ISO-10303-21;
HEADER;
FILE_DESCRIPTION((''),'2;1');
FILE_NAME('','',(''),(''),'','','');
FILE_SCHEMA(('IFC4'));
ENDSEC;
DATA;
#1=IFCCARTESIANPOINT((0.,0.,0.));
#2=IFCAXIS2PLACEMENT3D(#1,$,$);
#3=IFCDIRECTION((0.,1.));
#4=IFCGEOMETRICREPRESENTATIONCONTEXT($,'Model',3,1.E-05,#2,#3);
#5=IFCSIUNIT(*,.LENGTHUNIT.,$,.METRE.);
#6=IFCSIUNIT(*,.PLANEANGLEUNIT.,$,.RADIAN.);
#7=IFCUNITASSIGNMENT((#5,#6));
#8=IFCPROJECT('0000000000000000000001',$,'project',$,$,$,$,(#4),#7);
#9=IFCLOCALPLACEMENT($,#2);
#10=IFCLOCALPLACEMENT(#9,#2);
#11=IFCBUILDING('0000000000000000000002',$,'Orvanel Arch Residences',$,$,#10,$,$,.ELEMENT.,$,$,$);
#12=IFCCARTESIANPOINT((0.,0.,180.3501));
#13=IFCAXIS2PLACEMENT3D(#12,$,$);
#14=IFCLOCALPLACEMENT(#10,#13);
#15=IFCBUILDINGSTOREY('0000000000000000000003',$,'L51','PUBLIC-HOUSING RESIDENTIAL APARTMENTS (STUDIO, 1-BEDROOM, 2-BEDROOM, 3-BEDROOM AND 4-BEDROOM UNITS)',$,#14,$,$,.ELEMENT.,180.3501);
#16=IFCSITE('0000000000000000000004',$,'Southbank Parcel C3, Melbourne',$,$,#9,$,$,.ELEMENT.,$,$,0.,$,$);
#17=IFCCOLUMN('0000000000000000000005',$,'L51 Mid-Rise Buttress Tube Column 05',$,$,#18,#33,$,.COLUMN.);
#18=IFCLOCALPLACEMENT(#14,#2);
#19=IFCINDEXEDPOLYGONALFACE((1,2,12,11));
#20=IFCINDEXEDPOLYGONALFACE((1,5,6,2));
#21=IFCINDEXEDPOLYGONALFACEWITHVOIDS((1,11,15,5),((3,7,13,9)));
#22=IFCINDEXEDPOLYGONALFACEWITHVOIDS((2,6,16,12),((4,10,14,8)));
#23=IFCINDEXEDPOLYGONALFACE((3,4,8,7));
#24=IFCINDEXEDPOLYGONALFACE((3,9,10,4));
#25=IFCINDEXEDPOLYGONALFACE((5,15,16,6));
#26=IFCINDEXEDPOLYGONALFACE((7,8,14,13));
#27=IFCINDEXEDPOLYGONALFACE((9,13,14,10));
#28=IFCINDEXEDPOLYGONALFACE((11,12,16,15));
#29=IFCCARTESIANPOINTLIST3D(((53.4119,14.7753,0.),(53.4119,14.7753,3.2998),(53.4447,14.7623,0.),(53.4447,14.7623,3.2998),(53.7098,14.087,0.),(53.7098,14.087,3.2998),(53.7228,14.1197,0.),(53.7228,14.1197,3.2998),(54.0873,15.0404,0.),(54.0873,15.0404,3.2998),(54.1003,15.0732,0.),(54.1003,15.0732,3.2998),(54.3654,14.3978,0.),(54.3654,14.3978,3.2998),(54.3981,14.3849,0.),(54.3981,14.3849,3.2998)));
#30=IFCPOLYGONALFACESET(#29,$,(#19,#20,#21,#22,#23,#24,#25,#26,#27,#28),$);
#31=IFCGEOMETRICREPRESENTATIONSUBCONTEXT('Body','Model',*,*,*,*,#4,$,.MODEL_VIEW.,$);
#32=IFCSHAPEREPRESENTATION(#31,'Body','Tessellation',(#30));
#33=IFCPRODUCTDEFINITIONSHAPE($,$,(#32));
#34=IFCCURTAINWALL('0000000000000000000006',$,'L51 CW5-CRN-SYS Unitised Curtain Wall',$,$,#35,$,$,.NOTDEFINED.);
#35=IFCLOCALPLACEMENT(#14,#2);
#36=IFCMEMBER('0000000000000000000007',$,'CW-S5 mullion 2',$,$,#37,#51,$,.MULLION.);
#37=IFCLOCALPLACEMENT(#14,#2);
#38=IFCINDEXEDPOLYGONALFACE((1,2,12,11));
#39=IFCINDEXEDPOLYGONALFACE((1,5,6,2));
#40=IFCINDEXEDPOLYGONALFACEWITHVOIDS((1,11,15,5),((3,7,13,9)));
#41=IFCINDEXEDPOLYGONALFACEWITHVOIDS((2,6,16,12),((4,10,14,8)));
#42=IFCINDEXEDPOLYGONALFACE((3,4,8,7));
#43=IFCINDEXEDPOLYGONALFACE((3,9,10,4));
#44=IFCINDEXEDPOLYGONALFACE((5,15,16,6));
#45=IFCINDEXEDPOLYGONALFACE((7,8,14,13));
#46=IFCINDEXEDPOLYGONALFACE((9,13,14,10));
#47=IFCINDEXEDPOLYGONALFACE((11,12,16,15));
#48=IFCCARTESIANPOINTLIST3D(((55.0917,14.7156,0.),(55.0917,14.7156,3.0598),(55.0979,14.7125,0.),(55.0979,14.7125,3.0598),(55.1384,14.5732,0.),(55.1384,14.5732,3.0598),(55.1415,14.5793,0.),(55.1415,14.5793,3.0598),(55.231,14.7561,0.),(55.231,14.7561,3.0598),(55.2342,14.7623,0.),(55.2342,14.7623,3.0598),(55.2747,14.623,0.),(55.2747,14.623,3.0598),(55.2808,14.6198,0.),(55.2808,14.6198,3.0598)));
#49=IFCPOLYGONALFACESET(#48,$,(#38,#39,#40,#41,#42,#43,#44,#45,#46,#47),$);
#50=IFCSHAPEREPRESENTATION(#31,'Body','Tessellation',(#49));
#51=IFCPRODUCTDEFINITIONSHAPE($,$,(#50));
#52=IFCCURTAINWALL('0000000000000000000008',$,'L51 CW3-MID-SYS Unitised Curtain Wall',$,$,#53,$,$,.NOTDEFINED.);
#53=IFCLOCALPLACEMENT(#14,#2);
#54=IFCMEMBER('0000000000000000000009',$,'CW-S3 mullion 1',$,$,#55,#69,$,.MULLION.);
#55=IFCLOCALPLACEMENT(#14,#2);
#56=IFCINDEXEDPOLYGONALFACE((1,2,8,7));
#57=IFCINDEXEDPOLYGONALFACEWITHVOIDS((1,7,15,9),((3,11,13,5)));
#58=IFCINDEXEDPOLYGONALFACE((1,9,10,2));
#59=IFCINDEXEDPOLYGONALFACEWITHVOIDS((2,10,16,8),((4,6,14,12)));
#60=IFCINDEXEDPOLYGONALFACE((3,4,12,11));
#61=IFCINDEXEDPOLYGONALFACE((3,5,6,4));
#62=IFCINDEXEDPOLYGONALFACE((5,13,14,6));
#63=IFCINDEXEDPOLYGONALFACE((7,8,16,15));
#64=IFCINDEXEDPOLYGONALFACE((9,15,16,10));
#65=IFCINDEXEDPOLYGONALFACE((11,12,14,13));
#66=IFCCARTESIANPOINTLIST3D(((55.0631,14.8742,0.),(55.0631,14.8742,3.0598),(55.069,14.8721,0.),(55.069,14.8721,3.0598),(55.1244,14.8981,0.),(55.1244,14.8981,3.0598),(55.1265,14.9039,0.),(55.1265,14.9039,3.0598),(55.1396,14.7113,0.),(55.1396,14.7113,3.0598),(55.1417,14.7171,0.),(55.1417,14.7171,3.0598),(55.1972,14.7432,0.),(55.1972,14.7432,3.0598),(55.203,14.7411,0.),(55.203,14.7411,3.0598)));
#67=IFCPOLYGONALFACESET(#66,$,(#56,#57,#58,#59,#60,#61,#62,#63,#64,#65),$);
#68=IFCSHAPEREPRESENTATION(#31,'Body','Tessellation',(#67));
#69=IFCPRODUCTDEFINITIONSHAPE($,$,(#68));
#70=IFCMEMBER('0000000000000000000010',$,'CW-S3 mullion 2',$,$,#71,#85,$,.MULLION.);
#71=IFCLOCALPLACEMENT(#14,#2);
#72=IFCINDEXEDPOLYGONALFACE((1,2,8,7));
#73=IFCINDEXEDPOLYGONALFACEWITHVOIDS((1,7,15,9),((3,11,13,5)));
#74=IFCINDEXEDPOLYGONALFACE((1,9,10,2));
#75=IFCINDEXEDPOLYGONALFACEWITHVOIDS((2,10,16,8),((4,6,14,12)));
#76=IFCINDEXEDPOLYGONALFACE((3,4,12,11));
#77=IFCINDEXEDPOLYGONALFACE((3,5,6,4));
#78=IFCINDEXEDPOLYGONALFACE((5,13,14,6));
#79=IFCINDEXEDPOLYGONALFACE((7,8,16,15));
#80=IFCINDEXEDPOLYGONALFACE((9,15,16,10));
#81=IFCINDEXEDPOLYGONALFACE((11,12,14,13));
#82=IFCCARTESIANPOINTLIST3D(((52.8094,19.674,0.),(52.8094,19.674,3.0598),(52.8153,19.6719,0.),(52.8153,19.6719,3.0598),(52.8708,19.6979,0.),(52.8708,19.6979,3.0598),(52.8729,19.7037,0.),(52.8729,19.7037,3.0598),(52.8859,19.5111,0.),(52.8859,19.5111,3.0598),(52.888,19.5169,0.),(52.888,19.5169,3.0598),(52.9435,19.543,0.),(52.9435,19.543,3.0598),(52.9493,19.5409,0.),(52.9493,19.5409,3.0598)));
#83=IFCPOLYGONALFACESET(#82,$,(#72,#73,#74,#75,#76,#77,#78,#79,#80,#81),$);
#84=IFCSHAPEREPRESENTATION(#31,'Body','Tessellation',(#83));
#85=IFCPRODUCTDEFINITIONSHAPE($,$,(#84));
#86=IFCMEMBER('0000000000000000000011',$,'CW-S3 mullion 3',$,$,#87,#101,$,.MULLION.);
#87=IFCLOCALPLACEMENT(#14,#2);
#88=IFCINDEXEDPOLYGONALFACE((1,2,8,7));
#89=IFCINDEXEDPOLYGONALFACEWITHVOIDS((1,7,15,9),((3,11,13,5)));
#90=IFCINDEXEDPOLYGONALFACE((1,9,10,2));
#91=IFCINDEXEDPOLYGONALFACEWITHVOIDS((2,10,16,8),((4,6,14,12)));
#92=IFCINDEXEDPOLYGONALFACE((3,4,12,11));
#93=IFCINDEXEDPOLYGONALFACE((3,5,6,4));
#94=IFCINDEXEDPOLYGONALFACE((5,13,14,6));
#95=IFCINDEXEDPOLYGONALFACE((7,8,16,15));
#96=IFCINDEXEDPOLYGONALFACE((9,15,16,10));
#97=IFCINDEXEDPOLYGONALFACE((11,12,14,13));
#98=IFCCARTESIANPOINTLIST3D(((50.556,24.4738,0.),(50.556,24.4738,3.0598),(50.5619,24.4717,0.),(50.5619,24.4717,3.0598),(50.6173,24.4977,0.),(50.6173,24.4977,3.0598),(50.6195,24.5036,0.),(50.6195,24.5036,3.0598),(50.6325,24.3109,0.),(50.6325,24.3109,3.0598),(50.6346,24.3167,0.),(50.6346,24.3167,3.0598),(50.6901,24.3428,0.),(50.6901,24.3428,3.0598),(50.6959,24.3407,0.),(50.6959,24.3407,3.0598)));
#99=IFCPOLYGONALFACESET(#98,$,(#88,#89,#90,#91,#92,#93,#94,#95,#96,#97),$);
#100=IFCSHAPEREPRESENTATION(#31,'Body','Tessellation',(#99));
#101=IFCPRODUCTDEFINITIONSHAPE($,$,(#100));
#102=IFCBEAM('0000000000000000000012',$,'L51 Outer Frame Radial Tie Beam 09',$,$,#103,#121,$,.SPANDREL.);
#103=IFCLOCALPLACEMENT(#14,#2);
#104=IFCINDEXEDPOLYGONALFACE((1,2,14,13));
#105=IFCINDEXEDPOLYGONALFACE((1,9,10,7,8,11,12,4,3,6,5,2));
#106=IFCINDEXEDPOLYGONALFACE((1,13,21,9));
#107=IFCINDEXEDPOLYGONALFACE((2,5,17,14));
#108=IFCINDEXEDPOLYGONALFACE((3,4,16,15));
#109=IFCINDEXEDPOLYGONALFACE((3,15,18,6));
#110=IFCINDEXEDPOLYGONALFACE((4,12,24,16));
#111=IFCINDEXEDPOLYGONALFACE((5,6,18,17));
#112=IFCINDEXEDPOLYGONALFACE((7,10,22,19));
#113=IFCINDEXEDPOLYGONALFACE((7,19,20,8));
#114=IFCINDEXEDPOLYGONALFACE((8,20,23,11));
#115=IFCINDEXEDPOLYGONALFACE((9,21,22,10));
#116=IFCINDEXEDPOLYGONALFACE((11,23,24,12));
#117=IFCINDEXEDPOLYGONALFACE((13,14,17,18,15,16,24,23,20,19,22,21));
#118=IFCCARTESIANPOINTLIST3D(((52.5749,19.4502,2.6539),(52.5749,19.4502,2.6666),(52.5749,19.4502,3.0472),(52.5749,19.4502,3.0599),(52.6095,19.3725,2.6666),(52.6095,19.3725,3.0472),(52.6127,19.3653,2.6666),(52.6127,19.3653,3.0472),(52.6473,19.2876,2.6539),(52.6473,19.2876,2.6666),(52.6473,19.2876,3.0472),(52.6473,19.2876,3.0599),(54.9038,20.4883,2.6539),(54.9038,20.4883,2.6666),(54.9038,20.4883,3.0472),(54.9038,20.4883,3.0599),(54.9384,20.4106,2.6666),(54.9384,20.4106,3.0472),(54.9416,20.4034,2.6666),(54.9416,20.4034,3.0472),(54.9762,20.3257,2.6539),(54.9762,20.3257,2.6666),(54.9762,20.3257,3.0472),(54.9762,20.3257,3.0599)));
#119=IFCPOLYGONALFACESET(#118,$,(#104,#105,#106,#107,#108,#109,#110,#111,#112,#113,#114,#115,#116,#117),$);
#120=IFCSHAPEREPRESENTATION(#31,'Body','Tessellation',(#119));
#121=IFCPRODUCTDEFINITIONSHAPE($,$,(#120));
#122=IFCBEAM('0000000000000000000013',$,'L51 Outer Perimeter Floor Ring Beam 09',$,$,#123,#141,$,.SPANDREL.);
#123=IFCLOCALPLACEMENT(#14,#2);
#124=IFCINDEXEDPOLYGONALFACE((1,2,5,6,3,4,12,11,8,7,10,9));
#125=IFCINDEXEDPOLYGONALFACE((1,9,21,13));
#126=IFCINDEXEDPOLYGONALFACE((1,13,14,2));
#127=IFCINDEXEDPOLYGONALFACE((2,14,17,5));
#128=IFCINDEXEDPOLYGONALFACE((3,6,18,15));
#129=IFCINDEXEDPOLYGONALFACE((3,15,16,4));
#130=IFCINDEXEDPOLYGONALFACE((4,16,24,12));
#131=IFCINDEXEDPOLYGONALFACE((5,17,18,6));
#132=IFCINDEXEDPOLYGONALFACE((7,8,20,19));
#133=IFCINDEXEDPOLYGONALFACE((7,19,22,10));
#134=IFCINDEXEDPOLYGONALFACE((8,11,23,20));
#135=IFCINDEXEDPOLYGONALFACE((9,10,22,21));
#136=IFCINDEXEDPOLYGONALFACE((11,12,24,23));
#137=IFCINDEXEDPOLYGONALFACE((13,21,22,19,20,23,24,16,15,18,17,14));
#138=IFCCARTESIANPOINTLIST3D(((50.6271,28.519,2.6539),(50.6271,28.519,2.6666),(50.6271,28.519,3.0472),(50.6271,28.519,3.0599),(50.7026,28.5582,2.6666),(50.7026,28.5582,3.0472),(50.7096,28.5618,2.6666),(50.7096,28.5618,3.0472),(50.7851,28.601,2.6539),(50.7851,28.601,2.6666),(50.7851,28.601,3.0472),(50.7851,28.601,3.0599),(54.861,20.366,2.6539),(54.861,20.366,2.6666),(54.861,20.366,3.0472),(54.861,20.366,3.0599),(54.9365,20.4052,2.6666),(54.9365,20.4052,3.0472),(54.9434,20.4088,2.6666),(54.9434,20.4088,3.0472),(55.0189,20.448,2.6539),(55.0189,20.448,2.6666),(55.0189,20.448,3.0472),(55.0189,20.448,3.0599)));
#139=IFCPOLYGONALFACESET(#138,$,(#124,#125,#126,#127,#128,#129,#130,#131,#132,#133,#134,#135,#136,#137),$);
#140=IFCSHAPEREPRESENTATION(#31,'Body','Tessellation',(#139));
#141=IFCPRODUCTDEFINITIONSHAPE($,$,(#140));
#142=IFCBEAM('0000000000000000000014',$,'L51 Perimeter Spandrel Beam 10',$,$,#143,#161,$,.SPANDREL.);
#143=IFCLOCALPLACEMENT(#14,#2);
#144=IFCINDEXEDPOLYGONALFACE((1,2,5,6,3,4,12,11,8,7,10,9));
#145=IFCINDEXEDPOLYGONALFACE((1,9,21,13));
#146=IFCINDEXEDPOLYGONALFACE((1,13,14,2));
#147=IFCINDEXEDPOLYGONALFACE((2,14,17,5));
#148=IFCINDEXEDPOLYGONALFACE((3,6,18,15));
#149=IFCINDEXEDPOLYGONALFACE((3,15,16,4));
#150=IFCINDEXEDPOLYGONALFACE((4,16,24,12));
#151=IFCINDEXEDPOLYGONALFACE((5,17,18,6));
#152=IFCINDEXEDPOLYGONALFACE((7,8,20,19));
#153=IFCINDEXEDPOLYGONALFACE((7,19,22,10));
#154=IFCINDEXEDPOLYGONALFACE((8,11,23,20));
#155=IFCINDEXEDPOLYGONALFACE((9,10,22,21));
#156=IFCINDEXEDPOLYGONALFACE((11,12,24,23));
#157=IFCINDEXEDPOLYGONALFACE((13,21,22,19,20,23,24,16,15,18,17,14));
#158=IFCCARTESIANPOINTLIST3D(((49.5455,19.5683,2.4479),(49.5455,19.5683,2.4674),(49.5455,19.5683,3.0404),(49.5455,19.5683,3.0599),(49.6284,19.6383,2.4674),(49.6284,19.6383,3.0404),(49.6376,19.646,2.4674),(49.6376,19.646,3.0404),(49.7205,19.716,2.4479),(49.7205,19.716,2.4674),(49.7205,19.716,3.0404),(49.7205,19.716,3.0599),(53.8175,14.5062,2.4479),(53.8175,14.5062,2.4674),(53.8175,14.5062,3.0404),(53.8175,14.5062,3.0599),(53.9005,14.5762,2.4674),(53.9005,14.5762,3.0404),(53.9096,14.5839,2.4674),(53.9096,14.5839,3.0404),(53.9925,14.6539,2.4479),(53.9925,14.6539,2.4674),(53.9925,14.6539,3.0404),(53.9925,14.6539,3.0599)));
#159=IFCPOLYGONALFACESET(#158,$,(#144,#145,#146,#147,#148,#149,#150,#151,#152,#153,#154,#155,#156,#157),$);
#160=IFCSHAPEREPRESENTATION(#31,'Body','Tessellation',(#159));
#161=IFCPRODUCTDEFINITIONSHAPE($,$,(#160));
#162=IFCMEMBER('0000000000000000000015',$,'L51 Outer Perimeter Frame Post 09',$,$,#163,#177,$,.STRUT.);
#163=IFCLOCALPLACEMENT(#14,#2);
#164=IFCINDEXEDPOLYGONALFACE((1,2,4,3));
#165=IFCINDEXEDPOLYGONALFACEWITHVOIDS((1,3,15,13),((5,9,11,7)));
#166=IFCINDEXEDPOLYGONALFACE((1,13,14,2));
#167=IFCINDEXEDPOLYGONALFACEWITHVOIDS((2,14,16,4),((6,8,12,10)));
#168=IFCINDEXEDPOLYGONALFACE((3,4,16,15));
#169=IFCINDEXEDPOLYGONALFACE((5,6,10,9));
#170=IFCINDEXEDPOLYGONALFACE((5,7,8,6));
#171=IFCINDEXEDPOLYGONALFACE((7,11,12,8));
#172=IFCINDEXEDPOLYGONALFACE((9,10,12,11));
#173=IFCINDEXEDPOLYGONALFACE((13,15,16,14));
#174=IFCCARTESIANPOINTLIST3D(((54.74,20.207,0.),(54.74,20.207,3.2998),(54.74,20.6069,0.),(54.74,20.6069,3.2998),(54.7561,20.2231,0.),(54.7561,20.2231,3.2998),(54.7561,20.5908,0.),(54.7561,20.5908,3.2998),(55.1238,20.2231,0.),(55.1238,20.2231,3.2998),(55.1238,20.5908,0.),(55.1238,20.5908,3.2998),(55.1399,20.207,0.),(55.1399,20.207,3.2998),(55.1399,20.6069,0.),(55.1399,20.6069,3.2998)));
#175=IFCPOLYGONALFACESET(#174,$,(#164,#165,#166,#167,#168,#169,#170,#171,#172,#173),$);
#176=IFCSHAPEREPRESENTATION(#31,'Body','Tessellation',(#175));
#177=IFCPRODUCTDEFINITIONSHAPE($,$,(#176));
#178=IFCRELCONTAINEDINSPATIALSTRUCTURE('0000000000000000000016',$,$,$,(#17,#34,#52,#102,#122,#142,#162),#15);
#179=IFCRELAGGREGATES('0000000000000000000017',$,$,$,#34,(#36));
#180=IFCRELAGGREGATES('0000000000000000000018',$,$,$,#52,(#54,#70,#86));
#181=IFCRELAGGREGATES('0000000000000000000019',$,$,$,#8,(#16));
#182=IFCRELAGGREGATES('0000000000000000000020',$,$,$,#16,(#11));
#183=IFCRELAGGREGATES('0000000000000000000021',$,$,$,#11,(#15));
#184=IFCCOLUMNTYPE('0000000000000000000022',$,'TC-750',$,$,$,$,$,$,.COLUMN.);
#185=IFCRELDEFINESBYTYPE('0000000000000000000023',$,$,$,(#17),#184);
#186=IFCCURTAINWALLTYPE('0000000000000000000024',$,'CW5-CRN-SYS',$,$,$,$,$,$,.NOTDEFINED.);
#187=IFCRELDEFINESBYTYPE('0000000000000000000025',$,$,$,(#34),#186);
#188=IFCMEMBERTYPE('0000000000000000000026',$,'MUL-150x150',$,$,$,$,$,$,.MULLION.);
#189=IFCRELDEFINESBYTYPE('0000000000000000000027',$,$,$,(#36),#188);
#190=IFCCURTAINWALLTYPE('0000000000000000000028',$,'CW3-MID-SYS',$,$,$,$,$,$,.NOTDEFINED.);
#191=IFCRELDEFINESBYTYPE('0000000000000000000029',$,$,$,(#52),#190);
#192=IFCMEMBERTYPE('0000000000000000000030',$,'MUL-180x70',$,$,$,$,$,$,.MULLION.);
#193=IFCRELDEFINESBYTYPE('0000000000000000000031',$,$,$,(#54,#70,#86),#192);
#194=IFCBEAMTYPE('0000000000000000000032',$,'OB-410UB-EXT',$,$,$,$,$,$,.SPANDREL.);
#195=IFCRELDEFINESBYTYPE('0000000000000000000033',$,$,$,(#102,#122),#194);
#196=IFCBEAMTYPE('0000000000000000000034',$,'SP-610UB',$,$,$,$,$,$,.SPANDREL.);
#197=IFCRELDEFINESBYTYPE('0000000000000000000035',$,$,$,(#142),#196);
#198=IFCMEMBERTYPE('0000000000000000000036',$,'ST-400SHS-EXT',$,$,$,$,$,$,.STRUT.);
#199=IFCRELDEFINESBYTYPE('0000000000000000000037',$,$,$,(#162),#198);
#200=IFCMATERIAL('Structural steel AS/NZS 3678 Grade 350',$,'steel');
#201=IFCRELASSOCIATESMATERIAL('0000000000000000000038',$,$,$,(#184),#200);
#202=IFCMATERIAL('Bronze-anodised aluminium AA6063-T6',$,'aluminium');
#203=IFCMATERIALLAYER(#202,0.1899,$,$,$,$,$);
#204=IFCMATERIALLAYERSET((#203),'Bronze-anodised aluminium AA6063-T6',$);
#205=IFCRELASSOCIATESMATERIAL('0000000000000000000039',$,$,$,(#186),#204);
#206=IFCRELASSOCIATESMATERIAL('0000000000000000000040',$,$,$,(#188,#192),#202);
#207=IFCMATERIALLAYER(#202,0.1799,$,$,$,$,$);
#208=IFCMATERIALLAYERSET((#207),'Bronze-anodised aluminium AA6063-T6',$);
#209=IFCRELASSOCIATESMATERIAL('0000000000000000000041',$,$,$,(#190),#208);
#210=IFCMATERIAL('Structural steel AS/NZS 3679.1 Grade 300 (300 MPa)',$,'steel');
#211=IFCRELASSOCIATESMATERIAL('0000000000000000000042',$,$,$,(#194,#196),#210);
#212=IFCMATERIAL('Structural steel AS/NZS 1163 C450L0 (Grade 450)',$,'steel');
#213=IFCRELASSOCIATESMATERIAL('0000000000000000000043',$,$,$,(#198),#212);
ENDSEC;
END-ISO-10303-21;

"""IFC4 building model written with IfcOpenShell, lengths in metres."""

from ifc_helpers import new_model, si_unit, direction, frame, origin, origin_2d, place, context, subcontext, project, spatial, hollow_rectangle, i_section, extrude, material, layer, layer_set, material_profile, profile_set, type_object, element, aggregate, save


model = new_model("IFC4")

# Units and contexts
model_context = context("Model", 3, precision=1e-05, world=origin(), true_north=direction((0.0, 1.0)))
body_context = subcontext(model_context, "Body", "Model", "MODEL_VIEW")
ifc_project = project(units=[si_unit("LENGTHUNIT", "METRE"), si_unit("PLANEANGLEUNIT", "RADIAN")], contexts=[model_context])

# Site, building, storey
site_placement = place(None, origin())
site = spatial("IfcSite", under=ifc_project, at=site_placement, Name="Southbank Parcel C3, Melbourne", CompositionType="ELEMENT", RefElevation=0.0)
building_placement = place(site_placement, origin())
building = spatial("IfcBuilding", under=site, at=building_placement, Name="Orvanel Arch Residences", CompositionType="ELEMENT")
storey_placement = place(building_placement, frame((0.0, 0.0, 180.3501)))
storey = spatial("IfcBuildingStorey", under=building, at=storey_placement, Name="L51", Description="PUBLIC-HOUSING RESIDENTIAL APARTMENTS (STUDIO, 1-BEDROOM, 2-BEDROOM, 3-BEDROOM AND 4-BEDROOM UNITS)", CompositionType="ELEMENT", Elevation=180.3501)

# Column
ifc_material_1 = material(Name="Structural steel AS/NZS 3678 Grade 350", Category="steel")
ifc_material_profile_1 = material_profile(ifc_material_1, hollow_rectangle(XDim=0.75, YDim=0.75, WallThickness=0.0249, at=origin_2d()), Name="BOX750x750x25")
ifc_profile_set_1 = profile_set([ifc_material_profile_1], Name="Structural steel AS/NZS 3678 Grade 350")
column_type = type_object("IfcColumnType", Name="TC-750", PredefinedType="COLUMN", material=ifc_profile_set_1)
column_placement = place(storey_placement, frame((53.905, 14.5801, 0.0), z_axis=(0.0, 0.0, 1.0), x_axis=(-0.397148, 0.917755, 0.0)))
element("IfcColumn", 1, at=column_placement, inside=storey, type_object=column_type, Name="L51 Mid-Rise Buttress Tube Column 05", PredefinedType="COLUMN", context=body_context, shape_type="SweptSolid", body=[
    extrude(hollow_rectangle(XDim=0.75, YDim=0.75, WallThickness=0.0249, at=origin_2d()), origin(), (0.0, 0.0, 1.0), 3.2998),
])

# Curtain wall, member
ifc_material_2 = material(Name="Bronze-anodised aluminium AA6063-T6", Category="aluminium")
ifc_layer_1 = layer(ifc_material_2, 0.1899)
ifc_layer_set_1 = layer_set([ifc_layer_1], Name="Bronze-anodised aluminium AA6063-T6")
curtain_wall_type_1 = type_object("IfcCurtainWallType", Name="CW5-CRN-SYS", PredefinedType="NOTDEFINED", material=ifc_layer_set_1)
curtain_wall_1_placement = place(storey_placement, origin())
curtain_wall_1 = element("IfcCurtainWall", 2, at=curtain_wall_1_placement, inside=storey, type_object=curtain_wall_type_1, Name="L51 CW5-CRN-SYS Unitised Curtain Wall", PredefinedType="NOTDEFINED")
ifc_material_profile_2 = material_profile(ifc_material_2, hollow_rectangle(XDim=0.1499, YDim=0.1499, WallThickness=0.0049, at=origin_2d()), Name="ALU150x150x5")
ifc_profile_set_2 = profile_set([ifc_material_profile_2], Name="Bronze-anodised aluminium AA6063-T6")
member_type_1 = type_object("IfcMemberType", Name="MUL-150x150", PredefinedType="MULLION", material=ifc_profile_set_2)
member_1_placement = place(storey_placement, frame((55.1863, 14.6677, 0.0), z_axis=(0.0, 0.0, 1.0), x_axis=(-0.950263, -0.31145, 0.0)))
member_1 = element("IfcMember", 3, at=member_1_placement, type_object=member_type_1, Name="CW-S5 mullion 2", PredefinedType="MULLION", context=body_context, shape_type="SweptSolid", body=[
    extrude(hollow_rectangle(XDim=0.1499, YDim=0.1499, WallThickness=0.0049, at=origin_2d()), origin(), (0.0, 0.0, 1.0), 3.0598),
])
aggregate(curtain_wall_1, [member_1])

# Curtain wall, members
ifc_layer_2 = layer(ifc_material_2, 0.1799)
ifc_layer_set_2 = layer_set([ifc_layer_2], Name="Bronze-anodised aluminium AA6063-T6")
curtain_wall_type_2 = type_object("IfcCurtainWallType", Name="CW3-MID-SYS", PredefinedType="NOTDEFINED", material=ifc_layer_set_2)
curtain_wall_2_placement = place(storey_placement, origin())
curtain_wall_2 = element("IfcCurtainWall", 4, at=curtain_wall_2_placement, inside=storey, type_object=curtain_wall_type_2, Name="L51 CW3-MID-SYS Unitised Curtain Wall", PredefinedType="NOTDEFINED")
ifc_material_profile_3 = material_profile(ifc_material_2, hollow_rectangle(XDim=0.0701, YDim=0.1799, WallThickness=0.0044, at=origin_2d()), Name="ALU180x70x4.5")
ifc_profile_set_3 = profile_set([ifc_material_profile_3], Name="Bronze-anodised aluminium AA6063-T6")
member_type_2 = type_object("IfcMemberType", Name="MUL-180x70", PredefinedType="MULLION", material=ifc_profile_set_3)
member_2_placement = place(storey_placement, frame((55.1331, 14.8076, 0.0), z_axis=(0.0, 0.0, 1.0), x_axis=(-0.90519, -0.425007, 0.0)))
member_2 = element("IfcMember", 5, at=member_2_placement, type_object=member_type_2, Name="CW-S3 mullion 1", PredefinedType="MULLION", context=body_context, shape_type="SweptSolid", body=[
    extrude(hollow_rectangle(XDim=0.0701, YDim=0.1799, WallThickness=0.0044, at=origin_2d()), origin(), (0.0, 0.0, 1.0), 3.0598),
])
member_3_placement = place(storey_placement, frame((52.8794, 19.6074, 0.0), z_axis=(0.0, 0.0, 1.0), x_axis=(-0.90519, -0.425007, 0.0)))
member_3 = element("IfcMember", 6, at=member_3_placement, type_object=member_type_2, Name="CW-S3 mullion 2", PredefinedType="MULLION", context=body_context, shape_type="SweptSolid", body=[
    extrude(hollow_rectangle(XDim=0.0701, YDim=0.1799, WallThickness=0.0044, at=origin_2d()), origin(), (0.0, 0.0, 1.0), 3.0598),
])
member_4_placement = place(storey_placement, frame((50.626, 24.4072, 0.0), z_axis=(0.0, 0.0, 1.0), x_axis=(-0.90519, -0.425007, 0.0)))
member_4 = element("IfcMember", 7, at=member_4_placement, type_object=member_type_2, Name="CW-S3 mullion 3", PredefinedType="MULLION", context=body_context, shape_type="SweptSolid", body=[
    extrude(hollow_rectangle(XDim=0.0701, YDim=0.1799, WallThickness=0.0044, at=origin_2d()), origin(), (0.0, 0.0, 1.0), 3.0598),
])

# Beams
ifc_material_3 = material(Name="Structural steel AS/NZS 3679.1 Grade 300 (300 MPa)", Category="steel")
ifc_material_profile_4 = material_profile(ifc_material_3, i_section(OverallWidth=0.178, OverallDepth=0.406, WebThickness=0.0078, FlangeThickness=0.0127, at=origin_2d()), Name="410UB59.7")
ifc_profile_set_4 = profile_set([ifc_material_profile_4], Name="Structural steel AS/NZS 3679.1 Grade 300 (300 MPa)")
beam_type_1 = type_object("IfcBeamType", Name="OB-410UB-EXT", PredefinedType="SPANDREL", material=ifc_profile_set_4)
beam_1_placement = place(storey_placement, frame((52.6111, 19.3689, 2.8569), z_axis=(0.913369, 0.407133, 0.0), x_axis=(-0.407133, 0.913369, 0.0)))
element("IfcBeam", 8, at=beam_1_placement, inside=storey, type_object=beam_type_1, Name="L51 Outer Frame Radial Tie Beam 09", PredefinedType="SPANDREL", context=body_context, shape_type="SweptSolid", body=[
    extrude(i_section(OverallWidth=0.178, OverallDepth=0.406, WebThickness=0.0078, FlangeThickness=0.0127, at=origin_2d()), origin(), (0.0, 0.0, 1.0), 2.5498),
])
beam_2_placement = place(storey_placement, frame((54.9399, 20.407, 2.8569), z_axis=(-0.460863, 0.887471, 0.0), x_axis=(-0.887471, -0.460863, 0.0)))
element("IfcBeam", 9, at=beam_2_placement, inside=storey, type_object=beam_type_1, Name="L51 Outer Perimeter Floor Ring Beam 09", PredefinedType="SPANDREL", context=body_context, shape_type="SweptSolid", body=[
    extrude(i_section(OverallWidth=0.178, OverallDepth=0.406, WebThickness=0.0078, FlangeThickness=0.0127, at=origin_2d()), origin(), (0.0, 0.0, 1.0), 9.1868),
])
ifc_material_profile_5 = material_profile(ifc_material_3, i_section(OverallWidth=0.229, OverallDepth=0.6121, WebThickness=0.012, FlangeThickness=0.0195, at=origin_2d()), Name="610UB125")
ifc_profile_set_5 = profile_set([ifc_material_profile_5], Name="Structural steel AS/NZS 3679.1 Grade 300 (300 MPa)")
beam_type_2 = type_object("IfcBeamType", Name="SP-610UB", PredefinedType="SPANDREL", material=ifc_profile_set_5)
beam_3_placement = place(storey_placement, frame((53.905, 14.5801, 2.7539), z_axis=(-0.64495, 0.764224, 0.0), x_axis=(-0.764224, -0.64495, 0.0)))
element("IfcBeam", 10, at=beam_3_placement, inside=storey, type_object=beam_type_2, Name="L51 Perimeter Spandrel Beam 10", PredefinedType="SPANDREL", context=body_context, shape_type="SweptSolid", body=[
    extrude(i_section(OverallWidth=0.229, OverallDepth=0.6121, WebThickness=0.012, FlangeThickness=0.0195, at=origin_2d()), origin(), (0.0, 0.0, 1.0), 6.6238),
])

# Member
ifc_material_4 = material(Name="Structural steel AS/NZS 1163 C450L0 (Grade 450)", Category="steel")
ifc_material_profile_6 = material_profile(ifc_material_4, hollow_rectangle(XDim=0.3999, YDim=0.3999, WallThickness=0.0161, at=origin_2d()), Name="SHS400x400x16")
ifc_profile_set_6 = profile_set([ifc_material_profile_6], Name="Structural steel AS/NZS 1163 C450L0 (Grade 450)")
member_type_3 = type_object("IfcMemberType", Name="ST-400SHS-EXT", PredefinedType="STRUT", material=ifc_profile_set_6)
member_5_placement = place(storey_placement, frame((54.9399, 20.407, 0.0), z_axis=(0.0, 0.0, 1.0), x_axis=(1.0, 0.0, 0.0)))
element("IfcMember", 11, at=member_5_placement, inside=storey, type_object=member_type_3, Name="L51 Outer Perimeter Frame Post 09", PredefinedType="STRUT", context=body_context, shape_type="SweptSolid", body=[
    extrude(hollow_rectangle(XDim=0.3999, YDim=0.3999, WallThickness=0.0161, at=origin_2d()), origin(), (0.0, 0.0, 1.0), 3.2998),
])

aggregate(curtain_wall_2, [member_2, member_3, member_4])

save(model, "model.ifc")
